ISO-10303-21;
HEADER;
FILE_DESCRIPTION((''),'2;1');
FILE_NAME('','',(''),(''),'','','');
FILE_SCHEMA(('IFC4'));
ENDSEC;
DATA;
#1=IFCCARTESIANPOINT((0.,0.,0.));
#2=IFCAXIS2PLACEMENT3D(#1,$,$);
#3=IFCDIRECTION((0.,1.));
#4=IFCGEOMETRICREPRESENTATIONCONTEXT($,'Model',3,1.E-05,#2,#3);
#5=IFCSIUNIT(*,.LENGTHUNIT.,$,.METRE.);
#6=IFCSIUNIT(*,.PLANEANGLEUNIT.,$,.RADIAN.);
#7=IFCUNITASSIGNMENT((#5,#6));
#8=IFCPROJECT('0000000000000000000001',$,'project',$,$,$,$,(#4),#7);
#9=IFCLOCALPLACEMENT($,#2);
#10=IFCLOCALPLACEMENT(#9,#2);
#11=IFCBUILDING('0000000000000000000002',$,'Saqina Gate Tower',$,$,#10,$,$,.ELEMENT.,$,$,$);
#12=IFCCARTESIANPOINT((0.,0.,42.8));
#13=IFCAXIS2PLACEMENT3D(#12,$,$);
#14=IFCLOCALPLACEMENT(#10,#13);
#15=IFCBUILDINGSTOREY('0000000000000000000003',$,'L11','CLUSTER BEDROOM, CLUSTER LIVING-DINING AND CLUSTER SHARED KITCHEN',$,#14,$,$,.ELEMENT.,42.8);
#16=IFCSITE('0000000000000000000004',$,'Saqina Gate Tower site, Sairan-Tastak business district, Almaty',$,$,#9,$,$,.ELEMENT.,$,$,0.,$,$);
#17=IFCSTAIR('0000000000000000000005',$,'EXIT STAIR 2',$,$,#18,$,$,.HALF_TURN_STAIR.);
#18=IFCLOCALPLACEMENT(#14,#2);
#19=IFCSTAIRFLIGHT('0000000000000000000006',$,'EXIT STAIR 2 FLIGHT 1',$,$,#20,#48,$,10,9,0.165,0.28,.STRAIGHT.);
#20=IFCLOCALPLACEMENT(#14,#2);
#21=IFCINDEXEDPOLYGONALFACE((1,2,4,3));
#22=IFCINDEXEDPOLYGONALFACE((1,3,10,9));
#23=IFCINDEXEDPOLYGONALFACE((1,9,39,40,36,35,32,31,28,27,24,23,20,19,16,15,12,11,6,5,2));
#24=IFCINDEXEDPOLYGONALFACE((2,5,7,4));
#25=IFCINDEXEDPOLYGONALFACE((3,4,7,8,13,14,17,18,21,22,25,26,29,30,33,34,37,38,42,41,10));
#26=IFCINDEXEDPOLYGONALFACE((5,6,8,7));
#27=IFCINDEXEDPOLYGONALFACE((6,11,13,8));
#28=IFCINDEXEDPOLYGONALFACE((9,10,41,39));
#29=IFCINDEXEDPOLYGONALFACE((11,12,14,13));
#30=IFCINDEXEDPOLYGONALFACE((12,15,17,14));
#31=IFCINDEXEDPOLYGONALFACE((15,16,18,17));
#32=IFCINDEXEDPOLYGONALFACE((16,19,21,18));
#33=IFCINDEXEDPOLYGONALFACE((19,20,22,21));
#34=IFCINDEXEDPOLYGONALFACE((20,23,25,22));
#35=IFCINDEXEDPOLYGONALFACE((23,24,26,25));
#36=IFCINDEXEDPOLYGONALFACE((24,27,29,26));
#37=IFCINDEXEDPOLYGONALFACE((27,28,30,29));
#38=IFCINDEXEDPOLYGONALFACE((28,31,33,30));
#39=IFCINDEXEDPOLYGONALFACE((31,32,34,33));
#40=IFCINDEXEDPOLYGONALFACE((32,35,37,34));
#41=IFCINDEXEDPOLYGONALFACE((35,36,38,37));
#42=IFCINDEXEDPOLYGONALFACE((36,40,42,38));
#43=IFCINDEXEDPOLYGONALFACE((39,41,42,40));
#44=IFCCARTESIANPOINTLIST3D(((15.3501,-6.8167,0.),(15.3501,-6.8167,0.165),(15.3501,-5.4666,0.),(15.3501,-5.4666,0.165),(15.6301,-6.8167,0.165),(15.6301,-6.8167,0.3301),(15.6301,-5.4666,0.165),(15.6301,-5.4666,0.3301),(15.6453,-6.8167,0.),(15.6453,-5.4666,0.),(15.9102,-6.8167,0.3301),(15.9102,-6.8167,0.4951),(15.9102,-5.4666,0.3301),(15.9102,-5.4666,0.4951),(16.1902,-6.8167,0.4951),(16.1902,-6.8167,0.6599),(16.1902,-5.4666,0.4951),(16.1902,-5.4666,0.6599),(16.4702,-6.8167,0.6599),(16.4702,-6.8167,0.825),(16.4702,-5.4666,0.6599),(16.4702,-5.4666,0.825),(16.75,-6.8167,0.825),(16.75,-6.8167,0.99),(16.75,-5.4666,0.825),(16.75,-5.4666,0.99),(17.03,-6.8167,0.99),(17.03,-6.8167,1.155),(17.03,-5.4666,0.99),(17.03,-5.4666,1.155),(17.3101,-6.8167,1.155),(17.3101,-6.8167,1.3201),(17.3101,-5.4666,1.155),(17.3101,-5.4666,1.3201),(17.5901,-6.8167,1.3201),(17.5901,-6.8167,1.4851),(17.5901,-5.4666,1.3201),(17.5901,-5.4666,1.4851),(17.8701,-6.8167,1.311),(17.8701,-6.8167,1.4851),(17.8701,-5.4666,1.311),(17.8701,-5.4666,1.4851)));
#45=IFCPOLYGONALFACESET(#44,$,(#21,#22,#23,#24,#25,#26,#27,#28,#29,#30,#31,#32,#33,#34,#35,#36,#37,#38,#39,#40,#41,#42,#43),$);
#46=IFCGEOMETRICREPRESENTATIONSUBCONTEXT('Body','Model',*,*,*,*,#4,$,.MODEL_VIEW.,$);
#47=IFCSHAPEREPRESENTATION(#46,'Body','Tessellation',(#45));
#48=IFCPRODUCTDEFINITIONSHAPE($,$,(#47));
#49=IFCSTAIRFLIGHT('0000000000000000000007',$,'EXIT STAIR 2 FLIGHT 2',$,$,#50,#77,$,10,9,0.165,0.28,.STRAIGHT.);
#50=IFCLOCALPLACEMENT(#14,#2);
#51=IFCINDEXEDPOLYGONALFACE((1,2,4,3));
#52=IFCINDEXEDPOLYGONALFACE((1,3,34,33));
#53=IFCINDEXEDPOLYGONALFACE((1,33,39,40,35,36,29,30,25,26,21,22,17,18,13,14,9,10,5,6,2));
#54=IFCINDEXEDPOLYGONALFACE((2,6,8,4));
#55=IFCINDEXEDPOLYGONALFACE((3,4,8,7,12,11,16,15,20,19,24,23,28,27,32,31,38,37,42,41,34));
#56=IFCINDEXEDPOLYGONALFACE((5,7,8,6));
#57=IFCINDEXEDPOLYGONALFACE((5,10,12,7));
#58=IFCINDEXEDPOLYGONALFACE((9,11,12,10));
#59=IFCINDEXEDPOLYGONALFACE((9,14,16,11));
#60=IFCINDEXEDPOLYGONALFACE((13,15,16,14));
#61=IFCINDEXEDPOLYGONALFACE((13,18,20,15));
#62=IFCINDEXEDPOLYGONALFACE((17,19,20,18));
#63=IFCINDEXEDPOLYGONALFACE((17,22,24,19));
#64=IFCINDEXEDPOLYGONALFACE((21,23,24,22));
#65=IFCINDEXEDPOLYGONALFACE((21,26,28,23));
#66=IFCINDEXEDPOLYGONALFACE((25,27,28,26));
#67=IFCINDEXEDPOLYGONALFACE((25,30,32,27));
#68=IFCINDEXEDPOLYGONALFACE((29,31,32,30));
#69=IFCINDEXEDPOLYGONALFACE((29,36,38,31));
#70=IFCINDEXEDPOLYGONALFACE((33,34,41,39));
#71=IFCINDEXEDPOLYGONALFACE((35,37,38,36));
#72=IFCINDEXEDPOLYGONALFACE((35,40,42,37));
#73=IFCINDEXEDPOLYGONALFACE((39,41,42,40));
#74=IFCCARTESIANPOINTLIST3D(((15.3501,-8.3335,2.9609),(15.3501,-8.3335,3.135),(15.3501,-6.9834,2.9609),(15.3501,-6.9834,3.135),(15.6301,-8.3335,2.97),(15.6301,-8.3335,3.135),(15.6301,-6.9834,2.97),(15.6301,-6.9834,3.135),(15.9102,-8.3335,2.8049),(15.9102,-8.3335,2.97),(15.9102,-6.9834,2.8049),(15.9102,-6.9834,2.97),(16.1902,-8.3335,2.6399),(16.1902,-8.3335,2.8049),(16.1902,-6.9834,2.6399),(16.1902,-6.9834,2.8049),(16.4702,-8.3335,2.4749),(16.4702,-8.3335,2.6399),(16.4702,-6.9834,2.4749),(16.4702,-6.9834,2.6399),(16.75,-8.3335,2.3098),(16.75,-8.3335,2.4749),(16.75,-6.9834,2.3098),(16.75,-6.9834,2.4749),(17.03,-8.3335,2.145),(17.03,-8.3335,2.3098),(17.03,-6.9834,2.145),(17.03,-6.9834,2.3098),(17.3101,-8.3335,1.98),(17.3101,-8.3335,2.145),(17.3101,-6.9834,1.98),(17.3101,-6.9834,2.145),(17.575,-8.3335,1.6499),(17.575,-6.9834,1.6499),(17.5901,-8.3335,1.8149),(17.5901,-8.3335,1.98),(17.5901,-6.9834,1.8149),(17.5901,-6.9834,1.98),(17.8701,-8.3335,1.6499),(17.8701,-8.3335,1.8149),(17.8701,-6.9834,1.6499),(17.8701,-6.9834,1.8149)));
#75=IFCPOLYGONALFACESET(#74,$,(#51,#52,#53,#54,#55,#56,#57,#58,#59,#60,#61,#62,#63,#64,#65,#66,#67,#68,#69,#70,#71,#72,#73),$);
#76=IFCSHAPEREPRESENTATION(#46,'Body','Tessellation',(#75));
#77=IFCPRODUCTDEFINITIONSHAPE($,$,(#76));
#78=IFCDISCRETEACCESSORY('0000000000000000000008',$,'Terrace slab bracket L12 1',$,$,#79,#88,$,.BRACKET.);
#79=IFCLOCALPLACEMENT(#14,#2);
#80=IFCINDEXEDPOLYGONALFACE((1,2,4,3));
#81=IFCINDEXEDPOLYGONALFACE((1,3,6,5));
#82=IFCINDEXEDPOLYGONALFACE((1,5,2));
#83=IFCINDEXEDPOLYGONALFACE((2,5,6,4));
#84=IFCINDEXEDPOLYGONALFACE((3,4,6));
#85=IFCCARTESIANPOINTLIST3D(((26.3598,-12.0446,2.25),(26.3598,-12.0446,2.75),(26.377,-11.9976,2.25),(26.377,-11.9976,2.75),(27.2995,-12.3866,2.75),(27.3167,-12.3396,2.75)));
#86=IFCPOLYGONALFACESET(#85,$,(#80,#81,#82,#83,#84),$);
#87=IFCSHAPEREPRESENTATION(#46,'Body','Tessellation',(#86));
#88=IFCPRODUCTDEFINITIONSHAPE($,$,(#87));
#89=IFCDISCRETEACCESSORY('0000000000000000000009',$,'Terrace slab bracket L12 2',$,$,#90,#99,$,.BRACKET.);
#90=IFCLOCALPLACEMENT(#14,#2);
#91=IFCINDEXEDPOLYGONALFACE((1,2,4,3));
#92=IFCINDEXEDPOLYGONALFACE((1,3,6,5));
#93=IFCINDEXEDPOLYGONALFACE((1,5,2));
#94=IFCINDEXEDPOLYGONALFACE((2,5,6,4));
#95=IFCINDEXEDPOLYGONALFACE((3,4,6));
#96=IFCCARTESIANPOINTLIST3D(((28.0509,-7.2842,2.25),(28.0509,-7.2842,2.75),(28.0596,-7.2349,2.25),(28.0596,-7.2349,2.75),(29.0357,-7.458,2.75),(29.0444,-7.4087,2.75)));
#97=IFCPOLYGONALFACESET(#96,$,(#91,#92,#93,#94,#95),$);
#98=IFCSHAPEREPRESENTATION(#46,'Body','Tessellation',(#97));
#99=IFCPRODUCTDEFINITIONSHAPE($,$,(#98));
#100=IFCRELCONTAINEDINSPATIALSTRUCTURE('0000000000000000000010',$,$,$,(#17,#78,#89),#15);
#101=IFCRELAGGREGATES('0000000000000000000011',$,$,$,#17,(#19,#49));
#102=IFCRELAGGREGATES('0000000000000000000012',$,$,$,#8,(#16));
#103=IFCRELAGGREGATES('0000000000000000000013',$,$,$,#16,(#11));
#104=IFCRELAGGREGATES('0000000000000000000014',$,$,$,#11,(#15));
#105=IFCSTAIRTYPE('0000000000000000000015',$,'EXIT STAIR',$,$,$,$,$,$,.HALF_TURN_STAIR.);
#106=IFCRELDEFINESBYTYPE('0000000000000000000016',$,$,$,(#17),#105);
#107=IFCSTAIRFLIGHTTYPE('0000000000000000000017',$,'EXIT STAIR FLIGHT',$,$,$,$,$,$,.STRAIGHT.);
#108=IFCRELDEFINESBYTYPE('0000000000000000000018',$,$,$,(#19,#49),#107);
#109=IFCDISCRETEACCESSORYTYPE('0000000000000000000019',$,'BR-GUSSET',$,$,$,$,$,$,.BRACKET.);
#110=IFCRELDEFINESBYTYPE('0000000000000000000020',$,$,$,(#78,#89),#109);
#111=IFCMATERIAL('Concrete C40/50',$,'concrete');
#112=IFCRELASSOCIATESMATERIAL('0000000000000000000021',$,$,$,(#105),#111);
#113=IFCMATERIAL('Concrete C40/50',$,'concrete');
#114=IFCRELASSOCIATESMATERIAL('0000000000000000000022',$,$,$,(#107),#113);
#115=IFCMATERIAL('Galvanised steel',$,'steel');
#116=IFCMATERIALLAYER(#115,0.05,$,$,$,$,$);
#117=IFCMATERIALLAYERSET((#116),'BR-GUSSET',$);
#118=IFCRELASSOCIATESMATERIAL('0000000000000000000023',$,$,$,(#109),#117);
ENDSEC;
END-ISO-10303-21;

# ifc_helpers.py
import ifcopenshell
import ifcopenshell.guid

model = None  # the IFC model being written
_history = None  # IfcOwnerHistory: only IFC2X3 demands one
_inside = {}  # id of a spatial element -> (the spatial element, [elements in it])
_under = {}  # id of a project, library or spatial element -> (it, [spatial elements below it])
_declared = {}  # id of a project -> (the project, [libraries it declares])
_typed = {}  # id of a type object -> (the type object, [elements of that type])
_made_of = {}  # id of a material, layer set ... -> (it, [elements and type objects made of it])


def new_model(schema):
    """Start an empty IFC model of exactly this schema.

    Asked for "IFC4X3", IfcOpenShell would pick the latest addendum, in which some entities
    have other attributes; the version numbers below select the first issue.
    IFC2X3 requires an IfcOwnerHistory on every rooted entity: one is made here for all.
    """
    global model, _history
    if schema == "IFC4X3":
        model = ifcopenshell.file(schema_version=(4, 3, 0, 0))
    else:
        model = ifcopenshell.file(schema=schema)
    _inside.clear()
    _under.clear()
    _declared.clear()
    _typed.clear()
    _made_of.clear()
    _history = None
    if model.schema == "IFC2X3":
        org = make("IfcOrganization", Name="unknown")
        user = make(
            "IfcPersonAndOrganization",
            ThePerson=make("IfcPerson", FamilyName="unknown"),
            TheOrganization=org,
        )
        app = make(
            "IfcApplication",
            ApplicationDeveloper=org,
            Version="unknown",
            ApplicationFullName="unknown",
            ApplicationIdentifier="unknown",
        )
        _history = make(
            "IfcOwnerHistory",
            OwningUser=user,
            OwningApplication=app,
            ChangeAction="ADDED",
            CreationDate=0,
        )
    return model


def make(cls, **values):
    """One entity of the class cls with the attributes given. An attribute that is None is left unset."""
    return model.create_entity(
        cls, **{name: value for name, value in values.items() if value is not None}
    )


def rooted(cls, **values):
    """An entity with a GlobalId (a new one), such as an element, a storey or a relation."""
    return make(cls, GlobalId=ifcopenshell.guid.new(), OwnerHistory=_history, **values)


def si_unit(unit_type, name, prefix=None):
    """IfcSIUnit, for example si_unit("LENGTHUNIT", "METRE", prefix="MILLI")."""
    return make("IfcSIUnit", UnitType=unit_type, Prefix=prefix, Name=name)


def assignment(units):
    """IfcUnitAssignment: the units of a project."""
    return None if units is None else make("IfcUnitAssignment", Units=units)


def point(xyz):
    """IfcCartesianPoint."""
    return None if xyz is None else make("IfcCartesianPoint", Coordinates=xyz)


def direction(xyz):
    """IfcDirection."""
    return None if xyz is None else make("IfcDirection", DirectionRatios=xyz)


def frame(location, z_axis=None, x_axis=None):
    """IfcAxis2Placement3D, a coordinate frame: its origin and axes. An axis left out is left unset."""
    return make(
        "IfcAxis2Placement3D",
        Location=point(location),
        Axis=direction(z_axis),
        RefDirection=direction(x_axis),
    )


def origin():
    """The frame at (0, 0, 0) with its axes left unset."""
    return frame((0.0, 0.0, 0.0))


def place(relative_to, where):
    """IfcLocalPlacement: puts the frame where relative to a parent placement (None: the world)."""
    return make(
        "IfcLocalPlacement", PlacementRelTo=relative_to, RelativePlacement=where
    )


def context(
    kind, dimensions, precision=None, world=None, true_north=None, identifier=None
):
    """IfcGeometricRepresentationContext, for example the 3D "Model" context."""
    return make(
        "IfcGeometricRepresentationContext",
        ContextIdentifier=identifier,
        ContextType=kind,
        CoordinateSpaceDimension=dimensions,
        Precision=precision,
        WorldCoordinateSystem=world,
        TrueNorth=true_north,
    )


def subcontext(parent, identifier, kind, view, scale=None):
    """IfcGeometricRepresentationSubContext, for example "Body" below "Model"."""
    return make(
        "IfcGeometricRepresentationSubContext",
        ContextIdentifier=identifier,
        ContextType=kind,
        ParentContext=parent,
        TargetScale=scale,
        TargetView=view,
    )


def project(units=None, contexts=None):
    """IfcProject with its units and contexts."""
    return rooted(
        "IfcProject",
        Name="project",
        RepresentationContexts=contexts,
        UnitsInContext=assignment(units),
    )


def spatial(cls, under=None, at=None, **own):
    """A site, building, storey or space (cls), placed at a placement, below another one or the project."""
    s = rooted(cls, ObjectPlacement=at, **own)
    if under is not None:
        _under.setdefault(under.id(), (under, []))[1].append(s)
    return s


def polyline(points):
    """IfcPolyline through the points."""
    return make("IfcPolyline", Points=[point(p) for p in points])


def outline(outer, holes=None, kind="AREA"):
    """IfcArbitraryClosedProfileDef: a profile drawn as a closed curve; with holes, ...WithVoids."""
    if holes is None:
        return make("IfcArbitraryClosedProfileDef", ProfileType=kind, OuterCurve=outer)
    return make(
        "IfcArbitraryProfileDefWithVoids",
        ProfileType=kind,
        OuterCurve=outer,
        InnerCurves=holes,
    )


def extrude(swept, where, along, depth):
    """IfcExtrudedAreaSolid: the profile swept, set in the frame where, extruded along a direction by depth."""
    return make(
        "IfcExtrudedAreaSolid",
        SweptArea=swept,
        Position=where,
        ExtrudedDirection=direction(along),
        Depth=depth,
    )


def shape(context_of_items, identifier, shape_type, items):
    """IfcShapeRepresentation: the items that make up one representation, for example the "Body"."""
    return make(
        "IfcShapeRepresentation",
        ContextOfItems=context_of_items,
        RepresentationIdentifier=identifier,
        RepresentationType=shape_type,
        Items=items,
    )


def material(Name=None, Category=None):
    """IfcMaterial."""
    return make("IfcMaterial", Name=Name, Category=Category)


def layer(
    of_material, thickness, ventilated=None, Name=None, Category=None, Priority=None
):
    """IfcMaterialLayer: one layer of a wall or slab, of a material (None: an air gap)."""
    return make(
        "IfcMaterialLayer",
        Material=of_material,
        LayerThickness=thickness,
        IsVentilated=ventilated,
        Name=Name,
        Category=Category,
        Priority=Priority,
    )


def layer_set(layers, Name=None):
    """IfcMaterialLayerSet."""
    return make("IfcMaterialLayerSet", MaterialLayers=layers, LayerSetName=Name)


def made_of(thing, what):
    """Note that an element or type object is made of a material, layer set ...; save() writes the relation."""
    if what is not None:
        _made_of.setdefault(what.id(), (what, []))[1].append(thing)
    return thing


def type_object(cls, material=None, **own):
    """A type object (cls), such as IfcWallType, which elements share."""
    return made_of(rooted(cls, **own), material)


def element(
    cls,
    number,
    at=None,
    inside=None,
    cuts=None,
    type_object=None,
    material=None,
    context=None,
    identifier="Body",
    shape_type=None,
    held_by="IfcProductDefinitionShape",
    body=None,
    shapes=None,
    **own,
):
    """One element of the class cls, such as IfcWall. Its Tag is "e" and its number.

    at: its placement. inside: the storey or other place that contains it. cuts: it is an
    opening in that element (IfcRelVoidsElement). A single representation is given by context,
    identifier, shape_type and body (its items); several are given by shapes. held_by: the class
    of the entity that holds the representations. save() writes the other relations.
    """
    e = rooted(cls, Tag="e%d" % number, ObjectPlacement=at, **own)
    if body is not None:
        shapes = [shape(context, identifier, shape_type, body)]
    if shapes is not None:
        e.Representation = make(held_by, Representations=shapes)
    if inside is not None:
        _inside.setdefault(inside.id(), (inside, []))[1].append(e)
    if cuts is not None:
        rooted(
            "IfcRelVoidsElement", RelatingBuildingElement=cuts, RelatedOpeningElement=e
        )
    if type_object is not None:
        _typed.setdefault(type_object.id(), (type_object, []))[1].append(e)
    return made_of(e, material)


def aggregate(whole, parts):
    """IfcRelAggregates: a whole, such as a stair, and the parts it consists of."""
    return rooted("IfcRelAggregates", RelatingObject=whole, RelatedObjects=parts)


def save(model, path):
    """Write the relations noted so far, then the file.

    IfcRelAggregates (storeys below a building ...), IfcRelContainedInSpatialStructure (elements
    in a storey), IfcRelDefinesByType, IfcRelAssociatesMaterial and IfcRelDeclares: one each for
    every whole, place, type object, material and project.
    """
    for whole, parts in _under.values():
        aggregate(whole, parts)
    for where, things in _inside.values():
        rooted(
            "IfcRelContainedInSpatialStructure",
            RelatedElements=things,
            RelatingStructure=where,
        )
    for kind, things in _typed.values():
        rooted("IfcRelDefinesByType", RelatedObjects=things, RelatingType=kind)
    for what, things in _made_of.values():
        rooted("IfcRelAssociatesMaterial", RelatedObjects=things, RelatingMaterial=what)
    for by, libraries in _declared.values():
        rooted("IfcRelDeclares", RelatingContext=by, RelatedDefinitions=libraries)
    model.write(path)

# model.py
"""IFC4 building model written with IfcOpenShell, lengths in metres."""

from ifc_helpers import new_model, si_unit, direction, frame, origin, place, context, subcontext, project, spatial, polyline, outline, extrude, material, layer, layer_set, type_object, element, aggregate, save


model = new_model("IFC4")

# Units and contexts
model_context = context("Model", 3, precision=1e-05, world=origin(), true_north=direction((0.0, 1.0)))
body_context = subcontext(model_context, "Body", "Model", "MODEL_VIEW")
ifc_project = project(units=[si_unit("LENGTHUNIT", "METRE"), si_unit("PLANEANGLEUNIT", "RADIAN")], contexts=[model_context])

# Site, building, storey
site_placement = place(None, origin())
site = spatial("IfcSite", under=ifc_project, at=site_placement, Name="Saqina Gate Tower site, Sairan-Tastak business district, Almaty", CompositionType="ELEMENT", RefElevation=0.0)
building_placement = place(site_placement, origin())
building = spatial("IfcBuilding", under=site, at=building_placement, Name="Saqina Gate Tower", CompositionType="ELEMENT")
storey_placement = place(building_placement, frame((0.0, 0.0, 42.8)))
storey = spatial("IfcBuildingStorey", under=building, at=storey_placement, Name="L11", Description="CLUSTER BEDROOM, CLUSTER LIVING-DINING AND CLUSTER SHARED KITCHEN", CompositionType="ELEMENT", Elevation=42.8)

# Stair, stair flights
ifc_material_1 = material(Name="Concrete C40/50", Category="concrete")
stair_type = type_object("IfcStairType", Name="EXIT STAIR", PredefinedType="HALF_TURN_STAIR", material=ifc_material_1)
stair_placement = place(storey_placement, origin())
stair = element("IfcStair", 1, at=stair_placement, inside=storey, type_object=stair_type, Name="EXIT STAIR 2", PredefinedType="HALF_TURN_STAIR")
ifc_material_2 = material(Name="Concrete C40/50", Category="concrete")
stair_flight_type = type_object("IfcStairFlightType", Name="EXIT STAIR FLIGHT", PredefinedType="STRAIGHT", material=ifc_material_2)
stair_flight_1_placement = place(storey_placement, frame((15.3501, -6.1416, 0.0), z_axis=(0.0, 0.0, 1.0), x_axis=(1.0, 0.0, 0.0)))
stair_flight_1 = element("IfcStairFlight", 2, at=stair_flight_1_placement, type_object=stair_flight_type, Name="EXIT STAIR 2 FLIGHT 1", NumberOfRisers=10, NumberOfTreads=9, PredefinedType="STRAIGHT", RiserHeight=0.165, TreadLength=0.28, context=body_context, shape_type="SweptSolid", body=[
    extrude(outline(polyline([(0.0, 0.0), (0.0, 0.165), (0.28, 0.165), (0.28, 0.3301), (0.5601, 0.3301), (0.5601, 0.4951), (0.8401, 0.4951), (0.8401, 0.6599), (1.1201, 0.6599), (1.1201, 0.825), (1.3999, 0.825), (1.3999, 0.99), (1.6799, 0.99), (1.6799, 1.155), (1.96, 1.155), (1.96, 1.3201), (2.24, 1.3201), (2.24, 1.4851), (2.52, 1.4851), (2.52, 1.6499), (2.52, 1.311), (0.2952, 0.0), (0.0, 0.0)])), frame((0.0, 0.675, 0.0), z_axis=(0.0, -1.0, 0.0), x_axis=(1.0, 0.0, 0.0)), (0.0, 0.0, 1.0), 1.3501),
])
stair_flight_2_placement = place(storey_placement, frame((17.8701, -7.6584, 1.6499), z_axis=(0.0, 0.0, 1.0), x_axis=(-1.0, 0.0, 0.0)))
stair_flight_2 = element("IfcStairFlight", 3, at=stair_flight_2_placement, type_object=stair_flight_type, Name="EXIT STAIR 2 FLIGHT 2", NumberOfRisers=10, NumberOfTreads=9, PredefinedType="STRAIGHT", RiserHeight=0.165, TreadLength=0.28, context=body_context, shape_type="SweptSolid", body=[
    extrude(outline(polyline([(0.0, 0.0), (0.0, 0.165), (0.28, 0.165), (0.28, 0.3301), (0.5601, 0.3301), (0.5601, 0.4951), (0.8401, 0.4951), (0.8401, 0.6599), (1.1201, 0.6599), (1.1201, 0.825), (1.3999, 0.825), (1.3999, 0.99), (1.6799, 0.99), (1.6799, 1.155), (1.96, 1.155), (1.96, 1.3201), (2.24, 1.3201), (2.24, 1.4851), (2.52, 1.4851), (2.52, 1.6499), (2.52, 1.311), (0.2952, 0.0), (0.0, 0.0)])), frame((0.0, 0.675, 0.0), z_axis=(0.0, -1.0, 0.0), x_axis=(1.0, 0.0, 0.0)), (0.0, 0.0, 1.0), 1.3501),
])
aggregate(stair, [stair_flight_1, stair_flight_2])

# Discrete accessories
ifc_material_3 = material(Name="Galvanised steel", Category="steel")
ifc_layer_1 = layer(ifc_material_3, 0.05)
ifc_layer_set_1 = layer_set([ifc_layer_1], Name="BR-GUSSET")
discrete_accessory_type = type_object("IfcDiscreteAccessoryType", Name="BR-GUSSET", PredefinedType="BRACKET", material=ifc_layer_set_1)
discrete_accessory_1_placement = place(storey_placement, frame((26.377, -11.9976, 2.25), z_axis=(0.342037, 0.939686, 0.0), x_axis=(0.0, 0.0, 1.0)))
element("IfcDiscreteAccessory", 4, at=discrete_accessory_1_placement, inside=storey, type_object=discrete_accessory_type, Name="Terrace slab bracket L12 1", PredefinedType="BRACKET", context=body_context, shape_type="SweptSolid", body=[
    extrude(outline(polyline([(0.0, 0.0), (0.5, 0.0), (0.5, 1.0), (0.0, 0.0)])), origin(), (0.0, 0.0, -1.0), 0.05),
])
discrete_accessory_2_placement = place(storey_placement, frame((28.0596, -7.2349, 2.25), z_axis=(0.173813, 0.984779, 0.0), x_axis=(0.0, 0.0, 1.0)))
element("IfcDiscreteAccessory", 5, at=discrete_accessory_2_placement, inside=storey, type_object=discrete_accessory_type, Name="Terrace slab bracket L12 2", PredefinedType="BRACKET", context=body_context, shape_type="SweptSolid", body=[
    extrude(outline(polyline([(0.0, 0.0), (0.5, 0.0), (0.5, 1.0001), (0.0, 0.0)])), origin(), (0.0, 0.0, -1.0), 0.05),
])

save(model, "model.ifc")
